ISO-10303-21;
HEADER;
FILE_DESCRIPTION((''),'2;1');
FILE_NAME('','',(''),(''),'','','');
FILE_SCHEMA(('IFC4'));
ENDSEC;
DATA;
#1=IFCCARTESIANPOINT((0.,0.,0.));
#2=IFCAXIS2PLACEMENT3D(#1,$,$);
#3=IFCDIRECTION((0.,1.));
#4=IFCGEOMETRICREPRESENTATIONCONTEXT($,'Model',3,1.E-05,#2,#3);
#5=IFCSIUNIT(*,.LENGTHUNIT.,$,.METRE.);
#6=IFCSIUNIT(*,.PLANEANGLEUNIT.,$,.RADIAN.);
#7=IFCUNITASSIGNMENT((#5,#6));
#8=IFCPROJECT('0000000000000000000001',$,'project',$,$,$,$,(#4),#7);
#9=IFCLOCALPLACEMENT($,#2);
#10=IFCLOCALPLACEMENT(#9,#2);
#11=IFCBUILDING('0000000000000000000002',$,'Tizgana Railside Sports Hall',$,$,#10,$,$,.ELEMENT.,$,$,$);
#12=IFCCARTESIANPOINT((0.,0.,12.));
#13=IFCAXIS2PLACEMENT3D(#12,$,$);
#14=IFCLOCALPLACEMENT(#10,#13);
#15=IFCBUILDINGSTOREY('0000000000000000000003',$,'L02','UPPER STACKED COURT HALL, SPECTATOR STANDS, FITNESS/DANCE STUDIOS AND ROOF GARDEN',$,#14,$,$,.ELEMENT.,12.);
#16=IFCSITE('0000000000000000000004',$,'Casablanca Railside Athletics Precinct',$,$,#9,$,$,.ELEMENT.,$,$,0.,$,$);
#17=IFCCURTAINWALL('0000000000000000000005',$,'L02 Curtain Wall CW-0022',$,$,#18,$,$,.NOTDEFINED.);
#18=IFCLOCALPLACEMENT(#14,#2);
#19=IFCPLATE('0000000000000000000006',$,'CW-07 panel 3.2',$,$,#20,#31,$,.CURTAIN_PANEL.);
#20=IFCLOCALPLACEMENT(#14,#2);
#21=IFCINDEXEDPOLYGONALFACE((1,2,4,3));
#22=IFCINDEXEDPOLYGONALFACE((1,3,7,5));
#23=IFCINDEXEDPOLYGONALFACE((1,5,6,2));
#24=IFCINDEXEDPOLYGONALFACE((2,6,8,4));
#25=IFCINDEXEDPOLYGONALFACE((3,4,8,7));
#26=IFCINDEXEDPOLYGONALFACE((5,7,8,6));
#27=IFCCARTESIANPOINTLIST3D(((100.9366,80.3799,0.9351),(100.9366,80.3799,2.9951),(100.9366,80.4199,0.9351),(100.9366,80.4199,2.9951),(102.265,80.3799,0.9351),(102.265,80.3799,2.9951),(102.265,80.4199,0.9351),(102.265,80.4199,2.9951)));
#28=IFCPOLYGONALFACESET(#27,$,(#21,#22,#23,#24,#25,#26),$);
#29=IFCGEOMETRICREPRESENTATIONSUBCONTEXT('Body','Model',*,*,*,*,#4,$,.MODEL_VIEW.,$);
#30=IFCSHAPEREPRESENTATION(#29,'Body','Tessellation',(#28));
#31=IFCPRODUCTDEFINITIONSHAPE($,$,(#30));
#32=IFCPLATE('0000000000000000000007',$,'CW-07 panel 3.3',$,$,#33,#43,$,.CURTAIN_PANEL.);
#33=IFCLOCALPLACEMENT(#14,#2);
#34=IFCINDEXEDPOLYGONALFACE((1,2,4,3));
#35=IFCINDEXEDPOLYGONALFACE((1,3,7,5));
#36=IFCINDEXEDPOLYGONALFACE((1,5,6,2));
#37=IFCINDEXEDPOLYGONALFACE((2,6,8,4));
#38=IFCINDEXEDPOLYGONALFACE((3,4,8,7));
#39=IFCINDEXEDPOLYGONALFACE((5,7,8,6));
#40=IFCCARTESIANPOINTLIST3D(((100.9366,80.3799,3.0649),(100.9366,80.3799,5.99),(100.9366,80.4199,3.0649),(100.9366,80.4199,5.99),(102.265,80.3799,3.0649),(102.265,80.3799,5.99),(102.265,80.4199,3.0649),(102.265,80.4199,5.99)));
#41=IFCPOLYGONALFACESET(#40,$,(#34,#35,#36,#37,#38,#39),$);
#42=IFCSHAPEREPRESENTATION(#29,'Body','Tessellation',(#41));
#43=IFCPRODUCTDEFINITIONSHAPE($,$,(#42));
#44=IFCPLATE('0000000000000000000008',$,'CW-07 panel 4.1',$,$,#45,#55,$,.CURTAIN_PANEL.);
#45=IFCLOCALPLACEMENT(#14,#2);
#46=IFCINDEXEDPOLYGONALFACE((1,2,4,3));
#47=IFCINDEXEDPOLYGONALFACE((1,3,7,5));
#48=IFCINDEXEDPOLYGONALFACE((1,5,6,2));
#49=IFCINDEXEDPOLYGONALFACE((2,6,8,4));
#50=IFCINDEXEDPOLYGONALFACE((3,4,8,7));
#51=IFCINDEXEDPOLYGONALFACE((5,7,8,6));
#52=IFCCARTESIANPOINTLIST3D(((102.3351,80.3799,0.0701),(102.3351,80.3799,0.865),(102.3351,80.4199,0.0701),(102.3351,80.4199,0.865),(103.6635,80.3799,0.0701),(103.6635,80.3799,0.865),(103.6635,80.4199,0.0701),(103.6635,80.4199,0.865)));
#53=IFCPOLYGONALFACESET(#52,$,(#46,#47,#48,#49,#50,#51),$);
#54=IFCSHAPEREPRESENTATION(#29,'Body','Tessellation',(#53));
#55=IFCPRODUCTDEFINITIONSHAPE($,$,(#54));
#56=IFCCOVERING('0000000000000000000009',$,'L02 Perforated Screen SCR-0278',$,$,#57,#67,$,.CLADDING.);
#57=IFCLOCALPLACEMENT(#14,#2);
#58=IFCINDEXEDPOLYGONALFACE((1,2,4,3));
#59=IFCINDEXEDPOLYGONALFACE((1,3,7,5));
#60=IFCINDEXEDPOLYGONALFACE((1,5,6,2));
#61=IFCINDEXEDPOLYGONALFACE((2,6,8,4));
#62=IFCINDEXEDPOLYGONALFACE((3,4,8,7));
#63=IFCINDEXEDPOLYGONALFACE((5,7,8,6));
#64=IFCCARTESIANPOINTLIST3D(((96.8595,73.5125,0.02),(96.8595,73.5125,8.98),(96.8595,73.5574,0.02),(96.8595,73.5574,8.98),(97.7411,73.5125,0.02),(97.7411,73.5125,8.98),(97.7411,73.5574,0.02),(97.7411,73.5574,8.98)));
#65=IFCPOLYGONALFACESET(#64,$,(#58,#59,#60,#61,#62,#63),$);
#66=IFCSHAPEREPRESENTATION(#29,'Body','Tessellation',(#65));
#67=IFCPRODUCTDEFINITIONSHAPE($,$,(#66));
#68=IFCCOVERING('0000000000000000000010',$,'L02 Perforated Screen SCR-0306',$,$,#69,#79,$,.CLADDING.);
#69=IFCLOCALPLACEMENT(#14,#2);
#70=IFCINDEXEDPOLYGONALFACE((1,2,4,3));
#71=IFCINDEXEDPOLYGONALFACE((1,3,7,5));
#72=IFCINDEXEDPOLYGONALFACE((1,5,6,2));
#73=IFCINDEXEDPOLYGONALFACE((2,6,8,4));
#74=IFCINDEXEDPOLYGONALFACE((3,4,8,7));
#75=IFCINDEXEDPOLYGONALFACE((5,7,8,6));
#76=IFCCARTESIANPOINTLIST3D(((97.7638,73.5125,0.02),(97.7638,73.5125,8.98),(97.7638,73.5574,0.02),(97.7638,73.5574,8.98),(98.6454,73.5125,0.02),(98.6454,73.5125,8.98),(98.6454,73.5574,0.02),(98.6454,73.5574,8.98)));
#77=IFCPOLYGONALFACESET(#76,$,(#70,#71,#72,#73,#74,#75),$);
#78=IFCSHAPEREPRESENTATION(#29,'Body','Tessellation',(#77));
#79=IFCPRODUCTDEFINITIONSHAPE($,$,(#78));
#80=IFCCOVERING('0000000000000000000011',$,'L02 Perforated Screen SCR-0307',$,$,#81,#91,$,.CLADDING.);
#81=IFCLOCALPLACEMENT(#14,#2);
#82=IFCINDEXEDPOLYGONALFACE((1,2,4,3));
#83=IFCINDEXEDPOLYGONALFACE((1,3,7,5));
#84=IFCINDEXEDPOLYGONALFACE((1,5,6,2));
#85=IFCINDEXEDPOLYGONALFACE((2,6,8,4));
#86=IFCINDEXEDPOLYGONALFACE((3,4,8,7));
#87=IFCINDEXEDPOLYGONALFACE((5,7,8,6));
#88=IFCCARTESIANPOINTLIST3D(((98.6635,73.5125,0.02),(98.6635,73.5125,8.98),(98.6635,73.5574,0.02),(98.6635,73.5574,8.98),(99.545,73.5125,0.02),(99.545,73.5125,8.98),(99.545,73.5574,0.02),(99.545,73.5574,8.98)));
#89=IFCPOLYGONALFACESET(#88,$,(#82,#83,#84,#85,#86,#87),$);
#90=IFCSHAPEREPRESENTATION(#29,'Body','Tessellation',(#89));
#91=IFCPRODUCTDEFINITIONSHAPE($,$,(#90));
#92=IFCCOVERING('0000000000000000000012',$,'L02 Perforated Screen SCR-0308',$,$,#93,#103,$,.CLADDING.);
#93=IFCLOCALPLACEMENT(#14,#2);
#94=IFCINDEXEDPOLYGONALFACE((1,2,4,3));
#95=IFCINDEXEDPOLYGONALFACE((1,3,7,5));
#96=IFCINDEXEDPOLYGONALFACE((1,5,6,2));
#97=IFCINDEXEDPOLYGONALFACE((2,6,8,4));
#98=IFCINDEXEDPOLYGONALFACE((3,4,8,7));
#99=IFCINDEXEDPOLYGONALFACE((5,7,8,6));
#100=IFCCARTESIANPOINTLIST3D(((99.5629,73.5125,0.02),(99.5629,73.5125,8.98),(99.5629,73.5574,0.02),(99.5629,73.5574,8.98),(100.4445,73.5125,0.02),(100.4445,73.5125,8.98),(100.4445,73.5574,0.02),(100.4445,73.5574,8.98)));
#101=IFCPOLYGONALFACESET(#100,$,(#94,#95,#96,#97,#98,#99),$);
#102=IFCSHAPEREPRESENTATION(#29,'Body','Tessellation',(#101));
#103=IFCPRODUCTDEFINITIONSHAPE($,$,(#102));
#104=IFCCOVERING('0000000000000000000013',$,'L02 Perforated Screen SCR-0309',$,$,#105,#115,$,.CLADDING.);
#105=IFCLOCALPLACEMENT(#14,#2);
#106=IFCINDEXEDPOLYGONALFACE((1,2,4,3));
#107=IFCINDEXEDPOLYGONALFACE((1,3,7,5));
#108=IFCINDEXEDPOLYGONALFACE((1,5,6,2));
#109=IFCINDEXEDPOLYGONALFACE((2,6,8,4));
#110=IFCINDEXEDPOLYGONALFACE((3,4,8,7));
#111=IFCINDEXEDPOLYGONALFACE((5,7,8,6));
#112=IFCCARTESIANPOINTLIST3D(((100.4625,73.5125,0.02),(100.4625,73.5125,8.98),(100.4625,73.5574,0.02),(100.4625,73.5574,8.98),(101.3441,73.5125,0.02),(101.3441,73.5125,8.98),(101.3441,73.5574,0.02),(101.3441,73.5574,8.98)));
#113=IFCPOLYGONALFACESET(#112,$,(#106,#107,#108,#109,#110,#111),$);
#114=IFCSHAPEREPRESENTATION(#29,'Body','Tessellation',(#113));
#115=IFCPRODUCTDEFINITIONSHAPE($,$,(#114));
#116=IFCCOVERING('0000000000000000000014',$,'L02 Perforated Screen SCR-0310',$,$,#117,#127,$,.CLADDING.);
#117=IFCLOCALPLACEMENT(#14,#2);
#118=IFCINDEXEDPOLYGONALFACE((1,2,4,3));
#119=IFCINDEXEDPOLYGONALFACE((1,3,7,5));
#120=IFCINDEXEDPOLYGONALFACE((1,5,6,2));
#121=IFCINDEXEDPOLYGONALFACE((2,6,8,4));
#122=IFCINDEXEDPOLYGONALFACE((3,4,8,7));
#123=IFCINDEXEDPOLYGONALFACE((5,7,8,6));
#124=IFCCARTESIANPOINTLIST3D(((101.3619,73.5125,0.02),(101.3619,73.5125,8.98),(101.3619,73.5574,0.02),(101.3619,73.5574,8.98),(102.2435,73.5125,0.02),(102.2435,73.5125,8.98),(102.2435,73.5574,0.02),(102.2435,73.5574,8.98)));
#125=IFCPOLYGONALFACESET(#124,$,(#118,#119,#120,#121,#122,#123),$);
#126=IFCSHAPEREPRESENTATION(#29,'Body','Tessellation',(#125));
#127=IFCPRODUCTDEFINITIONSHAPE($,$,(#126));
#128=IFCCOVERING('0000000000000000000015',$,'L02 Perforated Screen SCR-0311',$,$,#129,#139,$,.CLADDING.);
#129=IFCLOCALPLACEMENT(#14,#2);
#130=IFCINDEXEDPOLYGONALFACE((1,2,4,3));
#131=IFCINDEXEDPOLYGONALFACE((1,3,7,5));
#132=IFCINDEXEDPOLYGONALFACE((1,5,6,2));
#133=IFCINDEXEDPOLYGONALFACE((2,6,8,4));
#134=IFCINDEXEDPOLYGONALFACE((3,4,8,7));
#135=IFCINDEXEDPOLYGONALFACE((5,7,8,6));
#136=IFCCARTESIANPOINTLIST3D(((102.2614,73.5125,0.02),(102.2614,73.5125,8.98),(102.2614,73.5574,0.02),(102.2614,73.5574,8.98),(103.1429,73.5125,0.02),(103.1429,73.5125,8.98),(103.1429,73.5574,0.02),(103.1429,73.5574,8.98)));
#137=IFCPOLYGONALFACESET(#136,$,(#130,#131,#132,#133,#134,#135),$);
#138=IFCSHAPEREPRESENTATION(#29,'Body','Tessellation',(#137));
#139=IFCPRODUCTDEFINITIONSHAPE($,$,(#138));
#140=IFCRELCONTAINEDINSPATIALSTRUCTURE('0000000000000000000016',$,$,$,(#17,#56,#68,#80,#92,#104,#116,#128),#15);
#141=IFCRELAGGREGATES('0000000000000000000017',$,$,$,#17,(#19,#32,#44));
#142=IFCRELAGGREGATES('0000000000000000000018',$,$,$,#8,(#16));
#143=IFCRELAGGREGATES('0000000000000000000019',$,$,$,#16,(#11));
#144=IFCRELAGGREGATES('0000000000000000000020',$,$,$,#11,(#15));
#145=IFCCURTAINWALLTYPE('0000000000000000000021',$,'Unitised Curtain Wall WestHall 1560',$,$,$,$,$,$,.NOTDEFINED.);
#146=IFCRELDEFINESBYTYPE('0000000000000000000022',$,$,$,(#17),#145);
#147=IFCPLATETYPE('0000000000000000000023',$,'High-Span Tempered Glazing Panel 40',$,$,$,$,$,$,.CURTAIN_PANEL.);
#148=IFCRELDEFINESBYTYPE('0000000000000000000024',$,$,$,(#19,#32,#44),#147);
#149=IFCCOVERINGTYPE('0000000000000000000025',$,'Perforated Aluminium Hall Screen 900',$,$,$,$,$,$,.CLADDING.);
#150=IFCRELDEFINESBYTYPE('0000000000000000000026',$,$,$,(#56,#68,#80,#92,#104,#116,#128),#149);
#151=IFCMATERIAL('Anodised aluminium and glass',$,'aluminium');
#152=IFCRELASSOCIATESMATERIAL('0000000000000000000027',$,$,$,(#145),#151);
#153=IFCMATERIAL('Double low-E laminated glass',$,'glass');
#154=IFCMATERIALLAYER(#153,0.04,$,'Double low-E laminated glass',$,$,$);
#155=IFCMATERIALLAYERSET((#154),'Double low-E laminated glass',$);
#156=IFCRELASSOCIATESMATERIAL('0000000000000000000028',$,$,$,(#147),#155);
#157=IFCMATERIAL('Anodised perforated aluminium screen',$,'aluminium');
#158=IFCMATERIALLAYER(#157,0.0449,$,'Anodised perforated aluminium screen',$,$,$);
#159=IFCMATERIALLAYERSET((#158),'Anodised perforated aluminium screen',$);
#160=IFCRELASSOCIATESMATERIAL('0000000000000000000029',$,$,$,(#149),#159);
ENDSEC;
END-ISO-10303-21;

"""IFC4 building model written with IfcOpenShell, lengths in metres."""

from ifc_helpers import new_model, si_unit, direction, frame, origin, origin_2d, place, context, subcontext, project, spatial, rectangle, extrude, material, layer, layer_set, type_object, element, aggregate, save


model = new_model("IFC4")

# Units and contexts
model_context = context("Model", 3, precision=1e-05, world=origin(), true_north=direction((0.0, 1.0)))
body_context = subcontext(model_context, "Body", "Model", "MODEL_VIEW")
ifc_project = project(units=[si_unit("LENGTHUNIT", "METRE"), si_unit("PLANEANGLEUNIT", "RADIAN")], contexts=[model_context])

# Site, building, storey
site_placement = place(None, origin())
site = spatial("IfcSite", under=ifc_project, at=site_placement, Name="Casablanca Railside Athletics Precinct", CompositionType="ELEMENT", RefElevation=0.0)
building_placement = place(site_placement, origin())
building = spatial("IfcBuilding", under=site, at=building_placement, Name="Tizgana Railside Sports Hall", CompositionType="ELEMENT")
storey_placement = place(building_placement, frame((0.0, 0.0, 12.0)))
storey = spatial("IfcBuildingStorey", under=building, at=storey_placement, Name="L02", Description="UPPER STACKED COURT HALL, SPECTATOR STANDS, FITNESS/DANCE STUDIOS AND ROOF GARDEN", CompositionType="ELEMENT", Elevation=12.0)

# Shared definitions
ifc_material_1 = material(Name="Anodised aluminium and glass", Category="aluminium")

# Curtain wall, plates
curtain_wall_type_1 = type_object("IfcCurtainWallType", Name="Unitised Curtain Wall WestHall 1560", PredefinedType="NOTDEFINED", material=ifc_material_1)
curtain_wall_1_placement = place(storey_placement, origin())
curtain_wall_1 = element("IfcCurtainWall", 1, at=curtain_wall_1_placement, inside=storey, type_object=curtain_wall_type_1, Name="L02 Curtain Wall CW-0022", PredefinedType="NOTDEFINED")
ifc_material_2 = material(Name="Double low-E laminated glass", Category="glass")
ifc_layer_1 = layer(ifc_material_2, 0.04, Name="Double low-E laminated glass")
ifc_layer_set_1 = layer_set([ifc_layer_1], Name="Double low-E laminated glass")
plate_type = type_object("IfcPlateType", Name="High-Span Tempered Glazing Panel 40", PredefinedType="CURTAIN_PANEL", material=ifc_layer_set_1)
plate_1_placement = place(storey_placement, frame((101.6008, 80.3999, 0.9351), z_axis=(0.0, 0.0, 1.0), x_axis=(1.0, 0.0, 0.0)))
plate_1 = element("IfcPlate", 2, at=plate_1_placement, type_object=plate_type, Name="CW-07 panel 3.2", PredefinedType="CURTAIN_PANEL", context=body_context, shape_type="SweptSolid", body=[
    extrude(rectangle(XDim=1.3284, YDim=0.04, at=origin_2d()), origin(), (0.0, 0.0, 1.0), 2.0601),
])
plate_2_placement = place(storey_placement, frame((101.6008, 80.3999, 3.0649), z_axis=(0.0, 0.0, 1.0), x_axis=(1.0, 0.0, 0.0)))
plate_2 = element("IfcPlate", 3, at=plate_2_placement, type_object=plate_type, Name="CW-07 panel 3.3", PredefinedType="CURTAIN_PANEL", context=body_context, shape_type="SweptSolid", body=[
    extrude(rectangle(XDim=1.3284, YDim=0.04, at=origin_2d()), origin(), (0.0, 0.0, 1.0), 2.925),
])
plate_3_placement = place(storey_placement, frame((102.9993, 80.3999, 0.0701), z_axis=(0.0, 0.0, 1.0), x_axis=(1.0, 0.0, 0.0)))
plate_3 = element("IfcPlate", 4, at=plate_3_placement, type_object=plate_type, Name="CW-07 panel 4.1", PredefinedType="CURTAIN_PANEL", context=body_context, shape_type="SweptSolid", body=[
    extrude(rectangle(XDim=1.3284, YDim=0.04, at=origin_2d()), origin(), (0.0, 0.0, 1.0), 0.7949),
])
aggregate(curtain_wall_1, [plate_1, plate_2, plate_3])

# Coverings
ifc_material_3 = material(Name="Anodised perforated aluminium screen", Category="aluminium")
ifc_layer_2 = layer(ifc_material_3, 0.0449, Name="Anodised perforated aluminium screen")
ifc_layer_set_2 = layer_set([ifc_layer_2], Name="Anodised perforated aluminium screen")
covering_type = type_object("IfcCoveringType", Name="Perforated Aluminium Hall Screen 900", PredefinedType="CLADDING", material=ifc_layer_set_2)
for number, where, z_axis, x_axis, name in (
    (5, (97.3003, 73.5349, 0.02), (0.0, 0.0, 1.0), (1.0, 0.0, 0.0), "L02 Perforated Screen SCR-0278"),
    (6, (98.2046, 73.5349, 0.02), (0.0, 0.0, 1.0), (1.0, 0.0, 0.0), "L02 Perforated Screen SCR-0306"),
    (7, (99.1042, 73.5349, 0.02), (0.0, 0.0, 1.0), (1.0, 0.0, 0.0), "L02 Perforated Screen SCR-0307"),
    (8, (100.0037, 73.5349, 0.02), (0.0, 0.0, 1.0), (1.0, 0.0, 0.0), "L02 Perforated Screen SCR-0308"),
    (9, (100.9033, 73.5349, 0.02), (0.0, 0.0, 1.0), (1.0, 0.0, 0.0), "L02 Perforated Screen SCR-0309"),
    (10, (101.8027, 73.5349, 0.02), (0.0, 0.0, 1.0), (1.0, 0.0, 0.0), "L02 Perforated Screen SCR-0310"),
    (11, (102.7021, 73.5349, 0.02), (0.0, 0.0, 1.0), (1.0, 0.0, 0.0), "L02 Perforated Screen SCR-0311"),
):
    element("IfcCovering", number, at=place(storey_placement, frame(where, z_axis=z_axis, x_axis=x_axis)), inside=storey, type_object=covering_type, Name=name, PredefinedType="CLADDING", context=body_context, shape_type="SweptSolid", body=[
        extrude(rectangle(XDim=0.8816, YDim=0.0449, at=origin_2d()), origin(), (0.0, 0.0, 1.0), 8.96),
    ])

save(model, "model.ifc")
